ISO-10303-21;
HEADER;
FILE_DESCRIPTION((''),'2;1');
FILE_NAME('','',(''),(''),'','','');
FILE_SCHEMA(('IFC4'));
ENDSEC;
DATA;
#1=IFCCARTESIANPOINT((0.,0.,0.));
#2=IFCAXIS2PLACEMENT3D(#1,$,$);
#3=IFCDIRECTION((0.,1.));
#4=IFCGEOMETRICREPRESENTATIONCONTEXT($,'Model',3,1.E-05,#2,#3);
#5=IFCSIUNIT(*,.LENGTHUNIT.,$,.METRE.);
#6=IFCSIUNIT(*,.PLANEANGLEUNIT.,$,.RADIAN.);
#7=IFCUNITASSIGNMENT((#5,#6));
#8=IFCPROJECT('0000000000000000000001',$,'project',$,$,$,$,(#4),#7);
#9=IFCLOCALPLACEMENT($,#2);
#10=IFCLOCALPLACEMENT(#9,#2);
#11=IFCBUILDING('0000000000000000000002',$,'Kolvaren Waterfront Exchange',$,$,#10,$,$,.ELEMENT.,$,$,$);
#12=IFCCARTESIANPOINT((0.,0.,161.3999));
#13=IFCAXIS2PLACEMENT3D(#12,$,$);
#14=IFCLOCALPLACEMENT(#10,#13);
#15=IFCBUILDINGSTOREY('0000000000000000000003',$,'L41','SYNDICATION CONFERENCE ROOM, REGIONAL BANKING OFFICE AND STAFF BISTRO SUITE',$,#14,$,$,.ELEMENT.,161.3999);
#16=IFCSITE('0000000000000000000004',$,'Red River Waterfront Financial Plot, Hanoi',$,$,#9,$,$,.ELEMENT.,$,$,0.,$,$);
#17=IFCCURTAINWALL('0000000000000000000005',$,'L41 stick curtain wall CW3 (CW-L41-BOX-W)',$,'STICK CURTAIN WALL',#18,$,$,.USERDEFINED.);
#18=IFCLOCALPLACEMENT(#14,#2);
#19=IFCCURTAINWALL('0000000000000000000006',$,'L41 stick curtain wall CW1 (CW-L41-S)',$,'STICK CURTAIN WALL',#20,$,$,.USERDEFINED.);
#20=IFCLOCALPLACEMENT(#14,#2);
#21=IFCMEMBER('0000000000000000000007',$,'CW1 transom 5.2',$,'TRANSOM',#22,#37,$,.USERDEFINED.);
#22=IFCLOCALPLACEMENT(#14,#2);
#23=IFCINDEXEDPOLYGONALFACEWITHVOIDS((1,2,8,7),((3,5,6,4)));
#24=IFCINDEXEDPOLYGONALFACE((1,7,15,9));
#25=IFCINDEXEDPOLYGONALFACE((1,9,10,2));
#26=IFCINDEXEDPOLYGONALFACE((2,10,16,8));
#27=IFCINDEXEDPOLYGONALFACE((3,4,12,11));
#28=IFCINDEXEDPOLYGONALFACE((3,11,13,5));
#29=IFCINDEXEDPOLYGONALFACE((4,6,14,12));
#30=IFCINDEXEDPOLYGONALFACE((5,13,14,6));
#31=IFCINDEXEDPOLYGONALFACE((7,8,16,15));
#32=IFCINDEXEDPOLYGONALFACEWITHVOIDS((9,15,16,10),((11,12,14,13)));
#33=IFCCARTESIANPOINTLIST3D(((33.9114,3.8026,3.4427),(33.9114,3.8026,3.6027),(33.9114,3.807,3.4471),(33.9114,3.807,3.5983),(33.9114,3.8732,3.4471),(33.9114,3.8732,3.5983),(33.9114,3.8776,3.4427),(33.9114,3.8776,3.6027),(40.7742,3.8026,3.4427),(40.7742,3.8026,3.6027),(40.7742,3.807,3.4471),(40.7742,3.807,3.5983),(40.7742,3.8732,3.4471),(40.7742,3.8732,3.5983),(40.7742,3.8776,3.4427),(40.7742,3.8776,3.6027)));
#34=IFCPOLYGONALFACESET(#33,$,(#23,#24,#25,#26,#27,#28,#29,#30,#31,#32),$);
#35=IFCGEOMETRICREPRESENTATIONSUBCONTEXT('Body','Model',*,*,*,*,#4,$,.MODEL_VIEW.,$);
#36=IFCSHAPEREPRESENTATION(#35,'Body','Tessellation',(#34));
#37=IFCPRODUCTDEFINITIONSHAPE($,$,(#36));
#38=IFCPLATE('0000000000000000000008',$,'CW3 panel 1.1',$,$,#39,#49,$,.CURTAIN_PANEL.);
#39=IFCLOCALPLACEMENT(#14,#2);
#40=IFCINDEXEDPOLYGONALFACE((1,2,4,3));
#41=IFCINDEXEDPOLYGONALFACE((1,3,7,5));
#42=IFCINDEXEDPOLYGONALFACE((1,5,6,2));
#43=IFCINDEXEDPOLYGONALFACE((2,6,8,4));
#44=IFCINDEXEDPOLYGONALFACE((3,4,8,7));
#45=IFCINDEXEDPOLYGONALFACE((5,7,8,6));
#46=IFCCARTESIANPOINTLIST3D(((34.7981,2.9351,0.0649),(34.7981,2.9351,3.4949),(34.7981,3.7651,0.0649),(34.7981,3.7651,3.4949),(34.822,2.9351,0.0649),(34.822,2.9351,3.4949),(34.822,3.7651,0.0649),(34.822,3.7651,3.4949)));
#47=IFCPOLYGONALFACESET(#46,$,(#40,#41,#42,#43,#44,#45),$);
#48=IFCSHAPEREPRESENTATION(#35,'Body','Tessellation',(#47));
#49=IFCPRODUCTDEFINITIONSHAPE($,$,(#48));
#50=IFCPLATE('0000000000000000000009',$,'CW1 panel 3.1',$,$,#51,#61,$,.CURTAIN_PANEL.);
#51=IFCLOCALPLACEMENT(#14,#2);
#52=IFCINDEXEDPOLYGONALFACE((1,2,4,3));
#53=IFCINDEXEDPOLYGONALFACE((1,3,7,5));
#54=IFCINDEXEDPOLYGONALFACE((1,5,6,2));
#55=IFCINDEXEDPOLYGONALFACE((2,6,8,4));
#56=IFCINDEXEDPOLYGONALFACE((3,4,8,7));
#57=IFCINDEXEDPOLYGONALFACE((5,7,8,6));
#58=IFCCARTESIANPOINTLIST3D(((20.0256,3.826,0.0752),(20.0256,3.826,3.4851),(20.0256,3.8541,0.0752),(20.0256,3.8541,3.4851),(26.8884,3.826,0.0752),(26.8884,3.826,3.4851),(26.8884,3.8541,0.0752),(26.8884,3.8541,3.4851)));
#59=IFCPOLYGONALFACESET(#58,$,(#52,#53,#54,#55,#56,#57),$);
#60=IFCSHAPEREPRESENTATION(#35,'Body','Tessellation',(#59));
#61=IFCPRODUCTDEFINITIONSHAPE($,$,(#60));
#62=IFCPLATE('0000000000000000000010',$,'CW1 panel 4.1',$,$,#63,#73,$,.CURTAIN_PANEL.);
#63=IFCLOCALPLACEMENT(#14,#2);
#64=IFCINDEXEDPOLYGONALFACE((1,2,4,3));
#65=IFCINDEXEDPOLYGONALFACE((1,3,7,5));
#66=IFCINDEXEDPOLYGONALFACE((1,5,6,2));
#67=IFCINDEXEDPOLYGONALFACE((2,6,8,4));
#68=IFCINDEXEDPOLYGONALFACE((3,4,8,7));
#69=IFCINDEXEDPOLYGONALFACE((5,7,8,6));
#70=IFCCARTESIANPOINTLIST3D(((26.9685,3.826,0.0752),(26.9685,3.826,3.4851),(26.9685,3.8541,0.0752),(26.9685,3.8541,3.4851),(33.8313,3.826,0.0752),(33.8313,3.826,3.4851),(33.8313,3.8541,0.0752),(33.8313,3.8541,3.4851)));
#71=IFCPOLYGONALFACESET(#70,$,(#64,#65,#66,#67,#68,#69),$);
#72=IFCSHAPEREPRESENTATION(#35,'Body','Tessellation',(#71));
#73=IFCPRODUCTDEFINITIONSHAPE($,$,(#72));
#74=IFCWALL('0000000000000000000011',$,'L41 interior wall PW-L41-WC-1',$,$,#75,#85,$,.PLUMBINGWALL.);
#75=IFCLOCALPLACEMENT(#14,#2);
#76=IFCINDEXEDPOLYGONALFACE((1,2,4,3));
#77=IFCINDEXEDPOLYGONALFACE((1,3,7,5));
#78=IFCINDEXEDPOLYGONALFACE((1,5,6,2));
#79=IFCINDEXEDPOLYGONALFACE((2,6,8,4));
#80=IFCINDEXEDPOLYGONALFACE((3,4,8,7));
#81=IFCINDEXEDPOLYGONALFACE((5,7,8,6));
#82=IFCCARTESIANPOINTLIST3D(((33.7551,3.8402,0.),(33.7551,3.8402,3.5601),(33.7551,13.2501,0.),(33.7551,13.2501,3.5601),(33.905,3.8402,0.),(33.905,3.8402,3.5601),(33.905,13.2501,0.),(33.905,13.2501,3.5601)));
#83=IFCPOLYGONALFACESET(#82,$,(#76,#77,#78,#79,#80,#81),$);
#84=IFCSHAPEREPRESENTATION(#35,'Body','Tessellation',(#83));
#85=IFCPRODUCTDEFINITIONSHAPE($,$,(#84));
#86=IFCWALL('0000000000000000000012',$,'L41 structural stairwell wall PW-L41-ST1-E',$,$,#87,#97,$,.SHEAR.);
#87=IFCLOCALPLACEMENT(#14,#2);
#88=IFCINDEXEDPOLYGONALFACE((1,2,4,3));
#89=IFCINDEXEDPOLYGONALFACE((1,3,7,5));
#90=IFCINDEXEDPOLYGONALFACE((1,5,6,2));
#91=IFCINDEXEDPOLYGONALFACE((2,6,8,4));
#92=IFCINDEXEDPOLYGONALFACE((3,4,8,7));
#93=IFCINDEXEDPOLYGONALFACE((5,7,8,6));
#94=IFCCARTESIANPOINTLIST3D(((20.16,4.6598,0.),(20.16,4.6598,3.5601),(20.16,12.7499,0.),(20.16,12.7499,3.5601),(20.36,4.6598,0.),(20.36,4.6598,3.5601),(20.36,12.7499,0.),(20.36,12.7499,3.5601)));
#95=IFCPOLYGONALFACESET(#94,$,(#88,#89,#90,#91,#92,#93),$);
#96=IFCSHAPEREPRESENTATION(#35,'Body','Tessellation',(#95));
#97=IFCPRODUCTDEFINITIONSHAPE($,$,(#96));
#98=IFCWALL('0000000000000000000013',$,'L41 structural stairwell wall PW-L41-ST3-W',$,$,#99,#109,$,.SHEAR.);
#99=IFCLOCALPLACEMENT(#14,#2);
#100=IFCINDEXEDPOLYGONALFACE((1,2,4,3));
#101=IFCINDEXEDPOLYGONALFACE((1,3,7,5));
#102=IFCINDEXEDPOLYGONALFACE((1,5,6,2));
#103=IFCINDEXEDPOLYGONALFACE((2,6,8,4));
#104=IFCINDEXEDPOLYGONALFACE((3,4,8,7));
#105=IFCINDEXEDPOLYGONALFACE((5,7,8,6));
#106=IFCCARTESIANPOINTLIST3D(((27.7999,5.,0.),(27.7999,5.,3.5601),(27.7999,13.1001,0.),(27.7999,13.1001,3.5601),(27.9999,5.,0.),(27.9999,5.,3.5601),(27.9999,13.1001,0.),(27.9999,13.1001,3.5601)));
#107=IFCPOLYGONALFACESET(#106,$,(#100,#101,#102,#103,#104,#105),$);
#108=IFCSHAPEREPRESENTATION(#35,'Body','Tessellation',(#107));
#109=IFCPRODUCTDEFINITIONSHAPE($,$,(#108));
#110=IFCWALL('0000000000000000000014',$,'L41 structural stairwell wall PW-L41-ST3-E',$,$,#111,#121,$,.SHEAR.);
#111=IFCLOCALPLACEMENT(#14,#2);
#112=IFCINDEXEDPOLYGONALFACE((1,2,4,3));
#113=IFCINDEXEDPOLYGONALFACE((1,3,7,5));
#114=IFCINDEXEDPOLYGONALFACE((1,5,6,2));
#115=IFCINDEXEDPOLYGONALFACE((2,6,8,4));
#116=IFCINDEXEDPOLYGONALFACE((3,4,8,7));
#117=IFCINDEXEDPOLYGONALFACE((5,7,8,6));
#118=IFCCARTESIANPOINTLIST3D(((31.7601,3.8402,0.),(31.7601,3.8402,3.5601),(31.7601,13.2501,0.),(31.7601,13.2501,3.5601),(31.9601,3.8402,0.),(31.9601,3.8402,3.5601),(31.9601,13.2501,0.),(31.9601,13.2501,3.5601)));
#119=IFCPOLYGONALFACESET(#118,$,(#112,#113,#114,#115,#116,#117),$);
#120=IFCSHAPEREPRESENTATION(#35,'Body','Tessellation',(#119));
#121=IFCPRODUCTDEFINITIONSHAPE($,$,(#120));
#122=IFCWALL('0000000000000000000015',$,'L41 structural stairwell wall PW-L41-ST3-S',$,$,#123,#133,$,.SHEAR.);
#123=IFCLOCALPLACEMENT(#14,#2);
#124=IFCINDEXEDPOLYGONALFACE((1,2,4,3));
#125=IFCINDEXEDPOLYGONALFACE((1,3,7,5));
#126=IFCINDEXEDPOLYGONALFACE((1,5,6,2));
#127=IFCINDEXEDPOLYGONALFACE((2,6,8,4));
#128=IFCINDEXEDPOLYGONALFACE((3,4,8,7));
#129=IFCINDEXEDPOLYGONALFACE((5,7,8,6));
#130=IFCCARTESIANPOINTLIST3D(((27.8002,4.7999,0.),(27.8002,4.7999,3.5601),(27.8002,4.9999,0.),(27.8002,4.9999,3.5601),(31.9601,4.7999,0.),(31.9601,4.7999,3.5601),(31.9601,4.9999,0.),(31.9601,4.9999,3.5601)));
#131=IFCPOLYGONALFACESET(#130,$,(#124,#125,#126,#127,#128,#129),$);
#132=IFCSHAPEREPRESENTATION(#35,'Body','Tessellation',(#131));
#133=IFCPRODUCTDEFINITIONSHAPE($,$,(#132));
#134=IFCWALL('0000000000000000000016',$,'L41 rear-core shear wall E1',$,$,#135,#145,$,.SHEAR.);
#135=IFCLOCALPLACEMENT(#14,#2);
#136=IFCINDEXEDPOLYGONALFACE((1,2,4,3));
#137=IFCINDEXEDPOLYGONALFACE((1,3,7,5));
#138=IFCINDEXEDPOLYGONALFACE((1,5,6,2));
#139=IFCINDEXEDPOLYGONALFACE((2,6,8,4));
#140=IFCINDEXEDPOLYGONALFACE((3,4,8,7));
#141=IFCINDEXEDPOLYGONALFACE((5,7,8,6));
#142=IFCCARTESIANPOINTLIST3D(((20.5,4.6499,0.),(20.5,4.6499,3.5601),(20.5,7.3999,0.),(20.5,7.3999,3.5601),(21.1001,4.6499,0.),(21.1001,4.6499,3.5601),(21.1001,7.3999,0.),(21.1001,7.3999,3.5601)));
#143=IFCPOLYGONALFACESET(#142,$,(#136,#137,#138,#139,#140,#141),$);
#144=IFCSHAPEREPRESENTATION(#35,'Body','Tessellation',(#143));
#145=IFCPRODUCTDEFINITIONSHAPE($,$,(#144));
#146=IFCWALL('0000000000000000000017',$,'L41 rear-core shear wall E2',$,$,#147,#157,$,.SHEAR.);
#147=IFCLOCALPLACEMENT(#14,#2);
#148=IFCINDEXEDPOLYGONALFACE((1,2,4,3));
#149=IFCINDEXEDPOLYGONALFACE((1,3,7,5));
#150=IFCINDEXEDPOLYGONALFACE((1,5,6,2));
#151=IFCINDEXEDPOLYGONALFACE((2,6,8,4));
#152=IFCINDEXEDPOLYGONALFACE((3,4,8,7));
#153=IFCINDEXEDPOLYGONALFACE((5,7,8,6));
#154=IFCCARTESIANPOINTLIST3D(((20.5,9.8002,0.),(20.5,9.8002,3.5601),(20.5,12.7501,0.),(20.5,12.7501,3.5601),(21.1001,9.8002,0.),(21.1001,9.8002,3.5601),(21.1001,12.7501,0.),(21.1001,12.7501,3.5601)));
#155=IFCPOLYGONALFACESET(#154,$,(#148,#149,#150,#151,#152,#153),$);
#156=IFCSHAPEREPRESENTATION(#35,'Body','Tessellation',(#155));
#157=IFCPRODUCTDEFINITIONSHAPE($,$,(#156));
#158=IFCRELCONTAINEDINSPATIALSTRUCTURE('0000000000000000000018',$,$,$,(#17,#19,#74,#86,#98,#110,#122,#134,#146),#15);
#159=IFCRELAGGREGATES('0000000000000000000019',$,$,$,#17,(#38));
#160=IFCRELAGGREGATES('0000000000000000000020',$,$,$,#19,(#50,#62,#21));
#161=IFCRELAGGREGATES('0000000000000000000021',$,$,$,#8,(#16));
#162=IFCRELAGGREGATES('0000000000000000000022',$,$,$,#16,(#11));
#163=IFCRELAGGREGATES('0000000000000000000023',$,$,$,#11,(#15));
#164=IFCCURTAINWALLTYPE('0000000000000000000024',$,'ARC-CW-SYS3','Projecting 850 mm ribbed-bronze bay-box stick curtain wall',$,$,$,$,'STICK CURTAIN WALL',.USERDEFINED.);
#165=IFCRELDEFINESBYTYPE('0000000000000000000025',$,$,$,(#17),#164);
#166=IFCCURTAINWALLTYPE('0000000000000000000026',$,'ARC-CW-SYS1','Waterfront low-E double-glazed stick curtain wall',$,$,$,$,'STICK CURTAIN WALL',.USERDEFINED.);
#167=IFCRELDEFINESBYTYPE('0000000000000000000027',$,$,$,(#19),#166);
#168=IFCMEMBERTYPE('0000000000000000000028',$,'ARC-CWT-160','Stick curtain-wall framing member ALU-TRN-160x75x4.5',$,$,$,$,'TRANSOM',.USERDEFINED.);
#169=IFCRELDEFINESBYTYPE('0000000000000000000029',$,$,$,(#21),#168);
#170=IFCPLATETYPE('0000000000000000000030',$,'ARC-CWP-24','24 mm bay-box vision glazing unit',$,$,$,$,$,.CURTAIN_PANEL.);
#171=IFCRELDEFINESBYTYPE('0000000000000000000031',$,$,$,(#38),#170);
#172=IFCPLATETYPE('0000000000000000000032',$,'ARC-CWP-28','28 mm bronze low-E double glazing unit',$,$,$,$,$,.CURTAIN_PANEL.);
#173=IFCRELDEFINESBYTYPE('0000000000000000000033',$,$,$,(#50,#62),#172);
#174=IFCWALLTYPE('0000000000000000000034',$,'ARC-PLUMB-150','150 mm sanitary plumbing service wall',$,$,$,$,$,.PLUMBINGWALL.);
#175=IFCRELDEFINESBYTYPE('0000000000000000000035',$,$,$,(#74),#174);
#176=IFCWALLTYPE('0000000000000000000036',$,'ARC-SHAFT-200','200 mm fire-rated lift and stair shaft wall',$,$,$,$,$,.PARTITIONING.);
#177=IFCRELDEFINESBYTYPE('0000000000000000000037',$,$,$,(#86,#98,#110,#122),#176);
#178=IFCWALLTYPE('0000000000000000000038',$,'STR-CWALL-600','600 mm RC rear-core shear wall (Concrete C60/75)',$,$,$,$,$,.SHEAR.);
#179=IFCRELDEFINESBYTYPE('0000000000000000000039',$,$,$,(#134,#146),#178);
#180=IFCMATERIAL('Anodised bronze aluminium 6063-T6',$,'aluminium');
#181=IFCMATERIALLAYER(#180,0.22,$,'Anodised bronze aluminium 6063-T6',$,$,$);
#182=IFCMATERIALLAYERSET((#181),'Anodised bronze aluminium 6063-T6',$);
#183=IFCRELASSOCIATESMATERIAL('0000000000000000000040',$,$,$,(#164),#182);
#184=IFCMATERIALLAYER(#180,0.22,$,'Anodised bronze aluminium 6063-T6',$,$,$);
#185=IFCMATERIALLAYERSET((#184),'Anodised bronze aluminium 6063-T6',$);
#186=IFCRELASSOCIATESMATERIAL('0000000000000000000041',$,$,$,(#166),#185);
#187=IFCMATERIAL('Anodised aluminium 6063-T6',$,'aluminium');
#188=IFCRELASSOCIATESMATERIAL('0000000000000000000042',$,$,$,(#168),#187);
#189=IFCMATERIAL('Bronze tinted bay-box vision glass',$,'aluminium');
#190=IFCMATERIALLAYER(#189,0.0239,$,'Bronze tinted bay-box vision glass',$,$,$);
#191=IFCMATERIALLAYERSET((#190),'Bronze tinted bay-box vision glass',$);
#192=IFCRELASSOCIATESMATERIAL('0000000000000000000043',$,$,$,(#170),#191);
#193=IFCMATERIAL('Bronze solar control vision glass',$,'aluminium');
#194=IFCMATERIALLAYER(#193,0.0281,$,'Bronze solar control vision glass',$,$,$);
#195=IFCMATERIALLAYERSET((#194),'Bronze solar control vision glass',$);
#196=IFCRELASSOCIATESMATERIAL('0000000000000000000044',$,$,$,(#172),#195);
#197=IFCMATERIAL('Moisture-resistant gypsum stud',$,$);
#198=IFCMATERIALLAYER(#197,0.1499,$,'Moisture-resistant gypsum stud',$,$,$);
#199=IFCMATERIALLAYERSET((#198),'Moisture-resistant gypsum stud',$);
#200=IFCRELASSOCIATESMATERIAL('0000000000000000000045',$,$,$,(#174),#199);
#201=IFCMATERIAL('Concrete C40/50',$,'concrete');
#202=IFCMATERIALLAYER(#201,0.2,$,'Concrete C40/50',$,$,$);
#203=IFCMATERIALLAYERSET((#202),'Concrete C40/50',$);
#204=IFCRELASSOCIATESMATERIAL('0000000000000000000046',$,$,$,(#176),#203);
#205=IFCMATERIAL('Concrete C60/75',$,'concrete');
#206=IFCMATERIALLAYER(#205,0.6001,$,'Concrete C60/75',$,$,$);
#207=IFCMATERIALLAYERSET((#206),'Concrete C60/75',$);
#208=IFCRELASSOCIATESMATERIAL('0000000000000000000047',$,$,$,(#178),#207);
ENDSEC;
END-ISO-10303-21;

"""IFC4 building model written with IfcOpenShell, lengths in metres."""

from ifc_helpers import new_model, si_unit, direction, frame, frame_2d, origin, origin_with_axes, origin_2d, place, context, subcontext, project, spatial, rectangle, hollow_rectangle, extrude, source, transform, mapped, material, layer, layer_set, material_profile, profile_set, type_object, element, aggregate, save


model = new_model("IFC4")

# Units and contexts
model_context = context("Model", 3, precision=1e-05, world=origin(), true_north=direction((0.0, 1.0)))
body_context = subcontext(model_context, "Body", "Model", "MODEL_VIEW")
ifc_project = project(units=[si_unit("LENGTHUNIT", "METRE"), si_unit("PLANEANGLEUNIT", "RADIAN")], contexts=[model_context])

# Site, building, storey
site_placement = place(None, origin())
site = spatial("IfcSite", under=ifc_project, at=site_placement, Name="Red River Waterfront Financial Plot, Hanoi", CompositionType="ELEMENT", RefElevation=0.0)
building_placement = place(site_placement, origin())
building = spatial("IfcBuilding", under=site, at=building_placement, Name="Kolvaren Waterfront Exchange", CompositionType="ELEMENT")
storey_placement = place(building_placement, frame((0.0, 0.0, 161.3999)))
storey = spatial("IfcBuildingStorey", under=building, at=storey_placement, Name="L41", Description="SYNDICATION CONFERENCE ROOM, REGIONAL BANKING OFFICE AND STAFF BISTRO SUITE", CompositionType="ELEMENT", Elevation=161.3999)

# Shared definitions
ifc_material_1 = material(Name="Concrete C60/75", Category="concrete")

# Curtain walls, member
ifc_material_2 = material(Name="Anodised bronze aluminium 6063-T6", Category="aluminium")
ifc_layer_1 = layer(ifc_material_2, 0.22, Name="Anodised bronze aluminium 6063-T6")
ifc_layer_set_1 = layer_set([ifc_layer_1], Name="Anodised bronze aluminium 6063-T6")
curtain_wall_type_1 = type_object("IfcCurtainWallType", Name="ARC-CW-SYS3", Description="Projecting 850 mm ribbed-bronze bay-box stick curtain wall", ElementType="STICK CURTAIN WALL", PredefinedType="USERDEFINED", material=ifc_layer_set_1)
curtain_wall_1_placement = place(storey_placement, origin())
curtain_wall_1 = element("IfcCurtainWall", 1, at=curtain_wall_1_placement, inside=storey, type_object=curtain_wall_type_1, Name="L41 stick curtain wall CW3 (CW-L41-BOX-W)", ObjectType="STICK CURTAIN WALL", PredefinedType="USERDEFINED")
ifc_layer_2 = layer(ifc_material_2, 0.22, Name="Anodised bronze aluminium 6063-T6")
ifc_layer_set_2 = layer_set([ifc_layer_2], Name="Anodised bronze aluminium 6063-T6")
curtain_wall_type_2 = type_object("IfcCurtainWallType", Name="ARC-CW-SYS1", Description="Waterfront low-E double-glazed stick curtain wall", ElementType="STICK CURTAIN WALL", PredefinedType="USERDEFINED", material=ifc_layer_set_2)
curtain_wall_2_placement = place(storey_placement, origin())
curtain_wall_2 = element("IfcCurtainWall", 2, at=curtain_wall_2_placement, inside=storey, type_object=curtain_wall_type_2, Name="L41 stick curtain wall CW1 (CW-L41-S)", ObjectType="STICK CURTAIN WALL", PredefinedType="USERDEFINED")
ifc_material_3 = material(Name="Anodised aluminium 6063-T6", Category="aluminium")
ifc_material_profile_1 = material_profile(ifc_material_3, hollow_rectangle(XDim=0.075, YDim=0.1599, WallThickness=0.0044, at=origin_2d()), Name="ALU-TRN-160x75x4.5")
ifc_profile_set_1 = profile_set([ifc_material_profile_1], Name="Anodised aluminium 6063-T6")
member_type_1 = type_object("IfcMemberType", Name="ARC-CWT-160", Description="Stick curtain-wall framing member ALU-TRN-160x75x4.5", ElementType="TRANSOM", PredefinedType="USERDEFINED", material=ifc_profile_set_1)
shared_shape_1 = source(origin_with_axes(), body_context, "Body", "SweptSolid", [
    extrude(hollow_rectangle(XDim=0.075, YDim=0.1599, WallThickness=0.0044, at=origin_2d()), origin(), (0.0, 0.0, 1.0), 6.8628),
])
member_1_placement = place(storey_placement, frame((33.9114, 3.8401, 3.5227), z_axis=(1.0, 0.0, 0.0), x_axis=(0.0, 1.0, 0.0)))
member_1 = element("IfcMember", 3, at=member_1_placement, type_object=member_type_1, Name="CW1 transom 5.2", ObjectType="TRANSOM", PredefinedType="USERDEFINED", context=body_context, shape_type="MappedRepresentation", body=[
    mapped(shared_shape_1, transform((0.0, 0.0, 0.0), x_axis=(1.0, 0.0, 0.0), y_axis=(0.0, 1.0, 0.0), z_axis=(0.0, 0.0, 1.0), scale=1.0)),
])

# Plates
ifc_material_4 = material(Name="Bronze tinted bay-box vision glass", Category="aluminium")
ifc_layer_3 = layer(ifc_material_4, 0.0239, Name="Bronze tinted bay-box vision glass")
ifc_layer_set_3 = layer_set([ifc_layer_3], Name="Bronze tinted bay-box vision glass")
plate_type_1 = type_object("IfcPlateType", Name="ARC-CWP-24", Description="24 mm bay-box vision glazing unit", PredefinedType="CURTAIN_PANEL", material=ifc_layer_set_3)
shared_shape_2 = source(origin_with_axes(), body_context, "Body", "SweptSolid", [
    extrude(rectangle(XDim=0.8301, YDim=0.0239, at=origin_2d()), origin(), (0.0, 0.0, 1.0), 3.4299),
])
plate_1_placement = place(storey_placement, frame((34.8101, 3.3501, 0.0649), z_axis=(0.0, 0.0, 1.0), x_axis=(0.0, -1.0, 0.0)))
plate_1 = element("IfcPlate", 4, at=plate_1_placement, type_object=plate_type_1, Name="CW3 panel 1.1", PredefinedType="CURTAIN_PANEL", context=body_context, shape_type="MappedRepresentation", body=[
    mapped(shared_shape_2, transform((0.0, 0.0, 0.0), x_axis=(1.0, 0.0, 0.0), y_axis=(0.0, 1.0, 0.0), z_axis=(0.0, 0.0, 1.0), scale=1.0)),
])
aggregate(curtain_wall_1, [plate_1])
ifc_material_5 = material(Name="Bronze solar control vision glass", Category="aluminium")
ifc_layer_4 = layer(ifc_material_5, 0.0281, Name="Bronze solar control vision glass")
ifc_layer_set_4 = layer_set([ifc_layer_4], Name="Bronze solar control vision glass")
plate_type_2 = type_object("IfcPlateType", Name="ARC-CWP-28", Description="28 mm bronze low-E double glazing unit", PredefinedType="CURTAIN_PANEL", material=ifc_layer_set_4)
shared_shape_3 = source(origin_with_axes(), body_context, "Body", "SweptSolid", [
    extrude(rectangle(XDim=6.8628, YDim=0.0281, at=origin_2d()), origin(), (0.0, 0.0, 1.0), 3.4099),
])
plate_2_placement = place(storey_placement, frame((23.457, 3.8401, 0.0752), z_axis=(0.0, 0.0, 1.0), x_axis=(1.0, 0.0, 0.0)))
plate_2 = element("IfcPlate", 5, at=plate_2_placement, type_object=plate_type_2, Name="CW1 panel 3.1", PredefinedType="CURTAIN_PANEL", context=body_context, shape_type="MappedRepresentation", body=[
    mapped(shared_shape_3, transform((0.0, 0.0, 0.0), x_axis=(1.0, 0.0, 0.0), y_axis=(0.0, 1.0, 0.0), z_axis=(0.0, 0.0, 1.0), scale=1.0)),
])
plate_3_placement = place(storey_placement, frame((30.3999, 3.8401, 0.0752), z_axis=(0.0, 0.0, 1.0), x_axis=(1.0, 0.0, 0.0)))
plate_3 = element("IfcPlate", 6, at=plate_3_placement, type_object=plate_type_2, Name="CW1 panel 4.1", PredefinedType="CURTAIN_PANEL", context=body_context, shape_type="MappedRepresentation", body=[
    mapped(shared_shape_3, transform((0.0, 0.0, 0.0), x_axis=(1.0, 0.0, 0.0), y_axis=(0.0, 1.0, 0.0), z_axis=(0.0, 0.0, 1.0), scale=1.0)),
])
aggregate(curtain_wall_2, [plate_2, plate_3, member_1])

# Walls
ifc_material_6 = material(Name="Moisture-resistant gypsum stud")
ifc_layer_5 = layer(ifc_material_6, 0.1499, Name="Moisture-resistant gypsum stud")
ifc_layer_set_5 = layer_set([ifc_layer_5], Name="Moisture-resistant gypsum stud")
wall_type_1 = type_object("IfcWallType", Name="ARC-PLUMB-150", Description="150 mm sanitary plumbing service wall", PredefinedType="PLUMBINGWALL", material=ifc_layer_set_5)
wall_1_placement = place(storey_placement, frame((33.8301, 3.8401, 0.0), z_axis=(0.0, 0.0, 1.0), x_axis=(0.0, 1.0, 0.0)))
element("IfcWall", 7, at=wall_1_placement, inside=storey, type_object=wall_type_1, Name="L41 interior wall PW-L41-WC-1", PredefinedType="PLUMBINGWALL", context=body_context, shape_type="SweptSolid", body=[
    extrude(rectangle(XDim=9.4099, YDim=0.1499, at=frame_2d((4.7051, 0.0))), origin(), (0.0, 0.0, 1.0), 3.5601),
])
ifc_material_7 = material(Name="Concrete C40/50", Category="concrete")
ifc_layer_6 = layer(ifc_material_7, 0.2, Name="Concrete C40/50")
ifc_layer_set_6 = layer_set([ifc_layer_6], Name="Concrete C40/50")
wall_type_2 = type_object("IfcWallType", Name="ARC-SHAFT-200", Description="200 mm fire-rated lift and stair shaft wall", PredefinedType="PARTITIONING", material=ifc_layer_set_6)
wall_2_placement = place(storey_placement, frame((20.26, 4.6599, 0.0), z_axis=(0.0, 0.0, 1.0), x_axis=(0.0, 1.0, 0.0)))
element("IfcWall", 8, at=wall_2_placement, inside=storey, type_object=wall_type_2, Name="L41 structural stairwell wall PW-L41-ST1-E", PredefinedType="SHEAR", context=body_context, shape_type="SweptSolid", body=[
    extrude(rectangle(XDim=8.0901, YDim=0.2, at=frame_2d((4.0449, 0.0))), origin(), (0.0, 0.0, 1.0), 3.5601),
])
wall_3_placement = place(storey_placement, frame((27.8999, 5.0, 0.0), z_axis=(0.0, 0.0, 1.0), x_axis=(0.0, 1.0, 0.0)))
element("IfcWall", 9, at=wall_3_placement, inside=storey, type_object=wall_type_2, Name="L41 structural stairwell wall PW-L41-ST3-W", PredefinedType="SHEAR", context=body_context, shape_type="SweptSolid", body=[
    extrude(rectangle(XDim=8.1001, YDim=0.2, at=frame_2d((4.05, 0.0))), origin(), (0.0, 0.0, 1.0), 3.5601),
])
wall_4_placement = place(storey_placement, frame((31.8601, 3.8401, 0.0), z_axis=(0.0, 0.0, 1.0), x_axis=(0.0, 1.0, 0.0)))
element("IfcWall", 10, at=wall_4_placement, inside=storey, type_object=wall_type_2, Name="L41 structural stairwell wall PW-L41-ST3-E", PredefinedType="SHEAR", context=body_context, shape_type="SweptSolid", body=[
    extrude(rectangle(XDim=9.4099, YDim=0.2, at=frame_2d((4.7051, 0.0))), origin(), (0.0, 0.0, 1.0), 3.5601),
])
wall_5_placement = place(storey_placement, frame((27.8, 4.8999, 0.0), z_axis=(0.0, 0.0, 1.0), x_axis=(1.0, 0.0, 0.0)))
element("IfcWall", 11, at=wall_5_placement, inside=storey, type_object=wall_type_2, Name="L41 structural stairwell wall PW-L41-ST3-S", PredefinedType="SHEAR", context=body_context, shape_type="SweptSolid", body=[
    extrude(rectangle(XDim=4.1599, YDim=0.2, at=frame_2d((2.0801, 0.0))), origin(), (0.0, 0.0, 1.0), 3.5601),
])
ifc_layer_7 = layer(ifc_material_1, 0.6001, Name="Concrete C60/75")
ifc_layer_set_7 = layer_set([ifc_layer_7], Name="Concrete C60/75")
wall_type_3 = type_object("IfcWallType", Name="STR-CWALL-600", Description="600 mm RC rear-core shear wall (Concrete C60/75)", PredefinedType="SHEAR", material=ifc_layer_set_7)
wall_6_placement = place(storey_placement, frame((20.8, 4.6499, 0.0), z_axis=(0.0, 0.0, 1.0), x_axis=(0.0, 1.0, 0.0)))
element("IfcWall", 12, at=wall_6_placement, inside=storey, type_object=wall_type_3, Name="L41 rear-core shear wall E1", PredefinedType="SHEAR", context=body_context, shape_type="SweptSolid", body=[
    extrude(rectangle(XDim=2.75, YDim=0.6001, at=frame_2d((1.375, 0.0))), origin(), (0.0, 0.0, 1.0), 3.5601),
])
wall_7_placement = place(storey_placement, frame((20.8, 9.8, 0.0), z_axis=(0.0, 0.0, 1.0), x_axis=(0.0, 1.0, 0.0)))
element("IfcWall", 13, at=wall_7_placement, inside=storey, type_object=wall_type_3, Name="L41 rear-core shear wall E2", PredefinedType="SHEAR", context=body_context, shape_type="SweptSolid", body=[
    extrude(rectangle(XDim=2.95, YDim=0.6001, at=frame_2d((1.4751, 0.0))), origin(), (0.0, 0.0, 1.0), 3.5601),
])

save(model, "model.ifc")
